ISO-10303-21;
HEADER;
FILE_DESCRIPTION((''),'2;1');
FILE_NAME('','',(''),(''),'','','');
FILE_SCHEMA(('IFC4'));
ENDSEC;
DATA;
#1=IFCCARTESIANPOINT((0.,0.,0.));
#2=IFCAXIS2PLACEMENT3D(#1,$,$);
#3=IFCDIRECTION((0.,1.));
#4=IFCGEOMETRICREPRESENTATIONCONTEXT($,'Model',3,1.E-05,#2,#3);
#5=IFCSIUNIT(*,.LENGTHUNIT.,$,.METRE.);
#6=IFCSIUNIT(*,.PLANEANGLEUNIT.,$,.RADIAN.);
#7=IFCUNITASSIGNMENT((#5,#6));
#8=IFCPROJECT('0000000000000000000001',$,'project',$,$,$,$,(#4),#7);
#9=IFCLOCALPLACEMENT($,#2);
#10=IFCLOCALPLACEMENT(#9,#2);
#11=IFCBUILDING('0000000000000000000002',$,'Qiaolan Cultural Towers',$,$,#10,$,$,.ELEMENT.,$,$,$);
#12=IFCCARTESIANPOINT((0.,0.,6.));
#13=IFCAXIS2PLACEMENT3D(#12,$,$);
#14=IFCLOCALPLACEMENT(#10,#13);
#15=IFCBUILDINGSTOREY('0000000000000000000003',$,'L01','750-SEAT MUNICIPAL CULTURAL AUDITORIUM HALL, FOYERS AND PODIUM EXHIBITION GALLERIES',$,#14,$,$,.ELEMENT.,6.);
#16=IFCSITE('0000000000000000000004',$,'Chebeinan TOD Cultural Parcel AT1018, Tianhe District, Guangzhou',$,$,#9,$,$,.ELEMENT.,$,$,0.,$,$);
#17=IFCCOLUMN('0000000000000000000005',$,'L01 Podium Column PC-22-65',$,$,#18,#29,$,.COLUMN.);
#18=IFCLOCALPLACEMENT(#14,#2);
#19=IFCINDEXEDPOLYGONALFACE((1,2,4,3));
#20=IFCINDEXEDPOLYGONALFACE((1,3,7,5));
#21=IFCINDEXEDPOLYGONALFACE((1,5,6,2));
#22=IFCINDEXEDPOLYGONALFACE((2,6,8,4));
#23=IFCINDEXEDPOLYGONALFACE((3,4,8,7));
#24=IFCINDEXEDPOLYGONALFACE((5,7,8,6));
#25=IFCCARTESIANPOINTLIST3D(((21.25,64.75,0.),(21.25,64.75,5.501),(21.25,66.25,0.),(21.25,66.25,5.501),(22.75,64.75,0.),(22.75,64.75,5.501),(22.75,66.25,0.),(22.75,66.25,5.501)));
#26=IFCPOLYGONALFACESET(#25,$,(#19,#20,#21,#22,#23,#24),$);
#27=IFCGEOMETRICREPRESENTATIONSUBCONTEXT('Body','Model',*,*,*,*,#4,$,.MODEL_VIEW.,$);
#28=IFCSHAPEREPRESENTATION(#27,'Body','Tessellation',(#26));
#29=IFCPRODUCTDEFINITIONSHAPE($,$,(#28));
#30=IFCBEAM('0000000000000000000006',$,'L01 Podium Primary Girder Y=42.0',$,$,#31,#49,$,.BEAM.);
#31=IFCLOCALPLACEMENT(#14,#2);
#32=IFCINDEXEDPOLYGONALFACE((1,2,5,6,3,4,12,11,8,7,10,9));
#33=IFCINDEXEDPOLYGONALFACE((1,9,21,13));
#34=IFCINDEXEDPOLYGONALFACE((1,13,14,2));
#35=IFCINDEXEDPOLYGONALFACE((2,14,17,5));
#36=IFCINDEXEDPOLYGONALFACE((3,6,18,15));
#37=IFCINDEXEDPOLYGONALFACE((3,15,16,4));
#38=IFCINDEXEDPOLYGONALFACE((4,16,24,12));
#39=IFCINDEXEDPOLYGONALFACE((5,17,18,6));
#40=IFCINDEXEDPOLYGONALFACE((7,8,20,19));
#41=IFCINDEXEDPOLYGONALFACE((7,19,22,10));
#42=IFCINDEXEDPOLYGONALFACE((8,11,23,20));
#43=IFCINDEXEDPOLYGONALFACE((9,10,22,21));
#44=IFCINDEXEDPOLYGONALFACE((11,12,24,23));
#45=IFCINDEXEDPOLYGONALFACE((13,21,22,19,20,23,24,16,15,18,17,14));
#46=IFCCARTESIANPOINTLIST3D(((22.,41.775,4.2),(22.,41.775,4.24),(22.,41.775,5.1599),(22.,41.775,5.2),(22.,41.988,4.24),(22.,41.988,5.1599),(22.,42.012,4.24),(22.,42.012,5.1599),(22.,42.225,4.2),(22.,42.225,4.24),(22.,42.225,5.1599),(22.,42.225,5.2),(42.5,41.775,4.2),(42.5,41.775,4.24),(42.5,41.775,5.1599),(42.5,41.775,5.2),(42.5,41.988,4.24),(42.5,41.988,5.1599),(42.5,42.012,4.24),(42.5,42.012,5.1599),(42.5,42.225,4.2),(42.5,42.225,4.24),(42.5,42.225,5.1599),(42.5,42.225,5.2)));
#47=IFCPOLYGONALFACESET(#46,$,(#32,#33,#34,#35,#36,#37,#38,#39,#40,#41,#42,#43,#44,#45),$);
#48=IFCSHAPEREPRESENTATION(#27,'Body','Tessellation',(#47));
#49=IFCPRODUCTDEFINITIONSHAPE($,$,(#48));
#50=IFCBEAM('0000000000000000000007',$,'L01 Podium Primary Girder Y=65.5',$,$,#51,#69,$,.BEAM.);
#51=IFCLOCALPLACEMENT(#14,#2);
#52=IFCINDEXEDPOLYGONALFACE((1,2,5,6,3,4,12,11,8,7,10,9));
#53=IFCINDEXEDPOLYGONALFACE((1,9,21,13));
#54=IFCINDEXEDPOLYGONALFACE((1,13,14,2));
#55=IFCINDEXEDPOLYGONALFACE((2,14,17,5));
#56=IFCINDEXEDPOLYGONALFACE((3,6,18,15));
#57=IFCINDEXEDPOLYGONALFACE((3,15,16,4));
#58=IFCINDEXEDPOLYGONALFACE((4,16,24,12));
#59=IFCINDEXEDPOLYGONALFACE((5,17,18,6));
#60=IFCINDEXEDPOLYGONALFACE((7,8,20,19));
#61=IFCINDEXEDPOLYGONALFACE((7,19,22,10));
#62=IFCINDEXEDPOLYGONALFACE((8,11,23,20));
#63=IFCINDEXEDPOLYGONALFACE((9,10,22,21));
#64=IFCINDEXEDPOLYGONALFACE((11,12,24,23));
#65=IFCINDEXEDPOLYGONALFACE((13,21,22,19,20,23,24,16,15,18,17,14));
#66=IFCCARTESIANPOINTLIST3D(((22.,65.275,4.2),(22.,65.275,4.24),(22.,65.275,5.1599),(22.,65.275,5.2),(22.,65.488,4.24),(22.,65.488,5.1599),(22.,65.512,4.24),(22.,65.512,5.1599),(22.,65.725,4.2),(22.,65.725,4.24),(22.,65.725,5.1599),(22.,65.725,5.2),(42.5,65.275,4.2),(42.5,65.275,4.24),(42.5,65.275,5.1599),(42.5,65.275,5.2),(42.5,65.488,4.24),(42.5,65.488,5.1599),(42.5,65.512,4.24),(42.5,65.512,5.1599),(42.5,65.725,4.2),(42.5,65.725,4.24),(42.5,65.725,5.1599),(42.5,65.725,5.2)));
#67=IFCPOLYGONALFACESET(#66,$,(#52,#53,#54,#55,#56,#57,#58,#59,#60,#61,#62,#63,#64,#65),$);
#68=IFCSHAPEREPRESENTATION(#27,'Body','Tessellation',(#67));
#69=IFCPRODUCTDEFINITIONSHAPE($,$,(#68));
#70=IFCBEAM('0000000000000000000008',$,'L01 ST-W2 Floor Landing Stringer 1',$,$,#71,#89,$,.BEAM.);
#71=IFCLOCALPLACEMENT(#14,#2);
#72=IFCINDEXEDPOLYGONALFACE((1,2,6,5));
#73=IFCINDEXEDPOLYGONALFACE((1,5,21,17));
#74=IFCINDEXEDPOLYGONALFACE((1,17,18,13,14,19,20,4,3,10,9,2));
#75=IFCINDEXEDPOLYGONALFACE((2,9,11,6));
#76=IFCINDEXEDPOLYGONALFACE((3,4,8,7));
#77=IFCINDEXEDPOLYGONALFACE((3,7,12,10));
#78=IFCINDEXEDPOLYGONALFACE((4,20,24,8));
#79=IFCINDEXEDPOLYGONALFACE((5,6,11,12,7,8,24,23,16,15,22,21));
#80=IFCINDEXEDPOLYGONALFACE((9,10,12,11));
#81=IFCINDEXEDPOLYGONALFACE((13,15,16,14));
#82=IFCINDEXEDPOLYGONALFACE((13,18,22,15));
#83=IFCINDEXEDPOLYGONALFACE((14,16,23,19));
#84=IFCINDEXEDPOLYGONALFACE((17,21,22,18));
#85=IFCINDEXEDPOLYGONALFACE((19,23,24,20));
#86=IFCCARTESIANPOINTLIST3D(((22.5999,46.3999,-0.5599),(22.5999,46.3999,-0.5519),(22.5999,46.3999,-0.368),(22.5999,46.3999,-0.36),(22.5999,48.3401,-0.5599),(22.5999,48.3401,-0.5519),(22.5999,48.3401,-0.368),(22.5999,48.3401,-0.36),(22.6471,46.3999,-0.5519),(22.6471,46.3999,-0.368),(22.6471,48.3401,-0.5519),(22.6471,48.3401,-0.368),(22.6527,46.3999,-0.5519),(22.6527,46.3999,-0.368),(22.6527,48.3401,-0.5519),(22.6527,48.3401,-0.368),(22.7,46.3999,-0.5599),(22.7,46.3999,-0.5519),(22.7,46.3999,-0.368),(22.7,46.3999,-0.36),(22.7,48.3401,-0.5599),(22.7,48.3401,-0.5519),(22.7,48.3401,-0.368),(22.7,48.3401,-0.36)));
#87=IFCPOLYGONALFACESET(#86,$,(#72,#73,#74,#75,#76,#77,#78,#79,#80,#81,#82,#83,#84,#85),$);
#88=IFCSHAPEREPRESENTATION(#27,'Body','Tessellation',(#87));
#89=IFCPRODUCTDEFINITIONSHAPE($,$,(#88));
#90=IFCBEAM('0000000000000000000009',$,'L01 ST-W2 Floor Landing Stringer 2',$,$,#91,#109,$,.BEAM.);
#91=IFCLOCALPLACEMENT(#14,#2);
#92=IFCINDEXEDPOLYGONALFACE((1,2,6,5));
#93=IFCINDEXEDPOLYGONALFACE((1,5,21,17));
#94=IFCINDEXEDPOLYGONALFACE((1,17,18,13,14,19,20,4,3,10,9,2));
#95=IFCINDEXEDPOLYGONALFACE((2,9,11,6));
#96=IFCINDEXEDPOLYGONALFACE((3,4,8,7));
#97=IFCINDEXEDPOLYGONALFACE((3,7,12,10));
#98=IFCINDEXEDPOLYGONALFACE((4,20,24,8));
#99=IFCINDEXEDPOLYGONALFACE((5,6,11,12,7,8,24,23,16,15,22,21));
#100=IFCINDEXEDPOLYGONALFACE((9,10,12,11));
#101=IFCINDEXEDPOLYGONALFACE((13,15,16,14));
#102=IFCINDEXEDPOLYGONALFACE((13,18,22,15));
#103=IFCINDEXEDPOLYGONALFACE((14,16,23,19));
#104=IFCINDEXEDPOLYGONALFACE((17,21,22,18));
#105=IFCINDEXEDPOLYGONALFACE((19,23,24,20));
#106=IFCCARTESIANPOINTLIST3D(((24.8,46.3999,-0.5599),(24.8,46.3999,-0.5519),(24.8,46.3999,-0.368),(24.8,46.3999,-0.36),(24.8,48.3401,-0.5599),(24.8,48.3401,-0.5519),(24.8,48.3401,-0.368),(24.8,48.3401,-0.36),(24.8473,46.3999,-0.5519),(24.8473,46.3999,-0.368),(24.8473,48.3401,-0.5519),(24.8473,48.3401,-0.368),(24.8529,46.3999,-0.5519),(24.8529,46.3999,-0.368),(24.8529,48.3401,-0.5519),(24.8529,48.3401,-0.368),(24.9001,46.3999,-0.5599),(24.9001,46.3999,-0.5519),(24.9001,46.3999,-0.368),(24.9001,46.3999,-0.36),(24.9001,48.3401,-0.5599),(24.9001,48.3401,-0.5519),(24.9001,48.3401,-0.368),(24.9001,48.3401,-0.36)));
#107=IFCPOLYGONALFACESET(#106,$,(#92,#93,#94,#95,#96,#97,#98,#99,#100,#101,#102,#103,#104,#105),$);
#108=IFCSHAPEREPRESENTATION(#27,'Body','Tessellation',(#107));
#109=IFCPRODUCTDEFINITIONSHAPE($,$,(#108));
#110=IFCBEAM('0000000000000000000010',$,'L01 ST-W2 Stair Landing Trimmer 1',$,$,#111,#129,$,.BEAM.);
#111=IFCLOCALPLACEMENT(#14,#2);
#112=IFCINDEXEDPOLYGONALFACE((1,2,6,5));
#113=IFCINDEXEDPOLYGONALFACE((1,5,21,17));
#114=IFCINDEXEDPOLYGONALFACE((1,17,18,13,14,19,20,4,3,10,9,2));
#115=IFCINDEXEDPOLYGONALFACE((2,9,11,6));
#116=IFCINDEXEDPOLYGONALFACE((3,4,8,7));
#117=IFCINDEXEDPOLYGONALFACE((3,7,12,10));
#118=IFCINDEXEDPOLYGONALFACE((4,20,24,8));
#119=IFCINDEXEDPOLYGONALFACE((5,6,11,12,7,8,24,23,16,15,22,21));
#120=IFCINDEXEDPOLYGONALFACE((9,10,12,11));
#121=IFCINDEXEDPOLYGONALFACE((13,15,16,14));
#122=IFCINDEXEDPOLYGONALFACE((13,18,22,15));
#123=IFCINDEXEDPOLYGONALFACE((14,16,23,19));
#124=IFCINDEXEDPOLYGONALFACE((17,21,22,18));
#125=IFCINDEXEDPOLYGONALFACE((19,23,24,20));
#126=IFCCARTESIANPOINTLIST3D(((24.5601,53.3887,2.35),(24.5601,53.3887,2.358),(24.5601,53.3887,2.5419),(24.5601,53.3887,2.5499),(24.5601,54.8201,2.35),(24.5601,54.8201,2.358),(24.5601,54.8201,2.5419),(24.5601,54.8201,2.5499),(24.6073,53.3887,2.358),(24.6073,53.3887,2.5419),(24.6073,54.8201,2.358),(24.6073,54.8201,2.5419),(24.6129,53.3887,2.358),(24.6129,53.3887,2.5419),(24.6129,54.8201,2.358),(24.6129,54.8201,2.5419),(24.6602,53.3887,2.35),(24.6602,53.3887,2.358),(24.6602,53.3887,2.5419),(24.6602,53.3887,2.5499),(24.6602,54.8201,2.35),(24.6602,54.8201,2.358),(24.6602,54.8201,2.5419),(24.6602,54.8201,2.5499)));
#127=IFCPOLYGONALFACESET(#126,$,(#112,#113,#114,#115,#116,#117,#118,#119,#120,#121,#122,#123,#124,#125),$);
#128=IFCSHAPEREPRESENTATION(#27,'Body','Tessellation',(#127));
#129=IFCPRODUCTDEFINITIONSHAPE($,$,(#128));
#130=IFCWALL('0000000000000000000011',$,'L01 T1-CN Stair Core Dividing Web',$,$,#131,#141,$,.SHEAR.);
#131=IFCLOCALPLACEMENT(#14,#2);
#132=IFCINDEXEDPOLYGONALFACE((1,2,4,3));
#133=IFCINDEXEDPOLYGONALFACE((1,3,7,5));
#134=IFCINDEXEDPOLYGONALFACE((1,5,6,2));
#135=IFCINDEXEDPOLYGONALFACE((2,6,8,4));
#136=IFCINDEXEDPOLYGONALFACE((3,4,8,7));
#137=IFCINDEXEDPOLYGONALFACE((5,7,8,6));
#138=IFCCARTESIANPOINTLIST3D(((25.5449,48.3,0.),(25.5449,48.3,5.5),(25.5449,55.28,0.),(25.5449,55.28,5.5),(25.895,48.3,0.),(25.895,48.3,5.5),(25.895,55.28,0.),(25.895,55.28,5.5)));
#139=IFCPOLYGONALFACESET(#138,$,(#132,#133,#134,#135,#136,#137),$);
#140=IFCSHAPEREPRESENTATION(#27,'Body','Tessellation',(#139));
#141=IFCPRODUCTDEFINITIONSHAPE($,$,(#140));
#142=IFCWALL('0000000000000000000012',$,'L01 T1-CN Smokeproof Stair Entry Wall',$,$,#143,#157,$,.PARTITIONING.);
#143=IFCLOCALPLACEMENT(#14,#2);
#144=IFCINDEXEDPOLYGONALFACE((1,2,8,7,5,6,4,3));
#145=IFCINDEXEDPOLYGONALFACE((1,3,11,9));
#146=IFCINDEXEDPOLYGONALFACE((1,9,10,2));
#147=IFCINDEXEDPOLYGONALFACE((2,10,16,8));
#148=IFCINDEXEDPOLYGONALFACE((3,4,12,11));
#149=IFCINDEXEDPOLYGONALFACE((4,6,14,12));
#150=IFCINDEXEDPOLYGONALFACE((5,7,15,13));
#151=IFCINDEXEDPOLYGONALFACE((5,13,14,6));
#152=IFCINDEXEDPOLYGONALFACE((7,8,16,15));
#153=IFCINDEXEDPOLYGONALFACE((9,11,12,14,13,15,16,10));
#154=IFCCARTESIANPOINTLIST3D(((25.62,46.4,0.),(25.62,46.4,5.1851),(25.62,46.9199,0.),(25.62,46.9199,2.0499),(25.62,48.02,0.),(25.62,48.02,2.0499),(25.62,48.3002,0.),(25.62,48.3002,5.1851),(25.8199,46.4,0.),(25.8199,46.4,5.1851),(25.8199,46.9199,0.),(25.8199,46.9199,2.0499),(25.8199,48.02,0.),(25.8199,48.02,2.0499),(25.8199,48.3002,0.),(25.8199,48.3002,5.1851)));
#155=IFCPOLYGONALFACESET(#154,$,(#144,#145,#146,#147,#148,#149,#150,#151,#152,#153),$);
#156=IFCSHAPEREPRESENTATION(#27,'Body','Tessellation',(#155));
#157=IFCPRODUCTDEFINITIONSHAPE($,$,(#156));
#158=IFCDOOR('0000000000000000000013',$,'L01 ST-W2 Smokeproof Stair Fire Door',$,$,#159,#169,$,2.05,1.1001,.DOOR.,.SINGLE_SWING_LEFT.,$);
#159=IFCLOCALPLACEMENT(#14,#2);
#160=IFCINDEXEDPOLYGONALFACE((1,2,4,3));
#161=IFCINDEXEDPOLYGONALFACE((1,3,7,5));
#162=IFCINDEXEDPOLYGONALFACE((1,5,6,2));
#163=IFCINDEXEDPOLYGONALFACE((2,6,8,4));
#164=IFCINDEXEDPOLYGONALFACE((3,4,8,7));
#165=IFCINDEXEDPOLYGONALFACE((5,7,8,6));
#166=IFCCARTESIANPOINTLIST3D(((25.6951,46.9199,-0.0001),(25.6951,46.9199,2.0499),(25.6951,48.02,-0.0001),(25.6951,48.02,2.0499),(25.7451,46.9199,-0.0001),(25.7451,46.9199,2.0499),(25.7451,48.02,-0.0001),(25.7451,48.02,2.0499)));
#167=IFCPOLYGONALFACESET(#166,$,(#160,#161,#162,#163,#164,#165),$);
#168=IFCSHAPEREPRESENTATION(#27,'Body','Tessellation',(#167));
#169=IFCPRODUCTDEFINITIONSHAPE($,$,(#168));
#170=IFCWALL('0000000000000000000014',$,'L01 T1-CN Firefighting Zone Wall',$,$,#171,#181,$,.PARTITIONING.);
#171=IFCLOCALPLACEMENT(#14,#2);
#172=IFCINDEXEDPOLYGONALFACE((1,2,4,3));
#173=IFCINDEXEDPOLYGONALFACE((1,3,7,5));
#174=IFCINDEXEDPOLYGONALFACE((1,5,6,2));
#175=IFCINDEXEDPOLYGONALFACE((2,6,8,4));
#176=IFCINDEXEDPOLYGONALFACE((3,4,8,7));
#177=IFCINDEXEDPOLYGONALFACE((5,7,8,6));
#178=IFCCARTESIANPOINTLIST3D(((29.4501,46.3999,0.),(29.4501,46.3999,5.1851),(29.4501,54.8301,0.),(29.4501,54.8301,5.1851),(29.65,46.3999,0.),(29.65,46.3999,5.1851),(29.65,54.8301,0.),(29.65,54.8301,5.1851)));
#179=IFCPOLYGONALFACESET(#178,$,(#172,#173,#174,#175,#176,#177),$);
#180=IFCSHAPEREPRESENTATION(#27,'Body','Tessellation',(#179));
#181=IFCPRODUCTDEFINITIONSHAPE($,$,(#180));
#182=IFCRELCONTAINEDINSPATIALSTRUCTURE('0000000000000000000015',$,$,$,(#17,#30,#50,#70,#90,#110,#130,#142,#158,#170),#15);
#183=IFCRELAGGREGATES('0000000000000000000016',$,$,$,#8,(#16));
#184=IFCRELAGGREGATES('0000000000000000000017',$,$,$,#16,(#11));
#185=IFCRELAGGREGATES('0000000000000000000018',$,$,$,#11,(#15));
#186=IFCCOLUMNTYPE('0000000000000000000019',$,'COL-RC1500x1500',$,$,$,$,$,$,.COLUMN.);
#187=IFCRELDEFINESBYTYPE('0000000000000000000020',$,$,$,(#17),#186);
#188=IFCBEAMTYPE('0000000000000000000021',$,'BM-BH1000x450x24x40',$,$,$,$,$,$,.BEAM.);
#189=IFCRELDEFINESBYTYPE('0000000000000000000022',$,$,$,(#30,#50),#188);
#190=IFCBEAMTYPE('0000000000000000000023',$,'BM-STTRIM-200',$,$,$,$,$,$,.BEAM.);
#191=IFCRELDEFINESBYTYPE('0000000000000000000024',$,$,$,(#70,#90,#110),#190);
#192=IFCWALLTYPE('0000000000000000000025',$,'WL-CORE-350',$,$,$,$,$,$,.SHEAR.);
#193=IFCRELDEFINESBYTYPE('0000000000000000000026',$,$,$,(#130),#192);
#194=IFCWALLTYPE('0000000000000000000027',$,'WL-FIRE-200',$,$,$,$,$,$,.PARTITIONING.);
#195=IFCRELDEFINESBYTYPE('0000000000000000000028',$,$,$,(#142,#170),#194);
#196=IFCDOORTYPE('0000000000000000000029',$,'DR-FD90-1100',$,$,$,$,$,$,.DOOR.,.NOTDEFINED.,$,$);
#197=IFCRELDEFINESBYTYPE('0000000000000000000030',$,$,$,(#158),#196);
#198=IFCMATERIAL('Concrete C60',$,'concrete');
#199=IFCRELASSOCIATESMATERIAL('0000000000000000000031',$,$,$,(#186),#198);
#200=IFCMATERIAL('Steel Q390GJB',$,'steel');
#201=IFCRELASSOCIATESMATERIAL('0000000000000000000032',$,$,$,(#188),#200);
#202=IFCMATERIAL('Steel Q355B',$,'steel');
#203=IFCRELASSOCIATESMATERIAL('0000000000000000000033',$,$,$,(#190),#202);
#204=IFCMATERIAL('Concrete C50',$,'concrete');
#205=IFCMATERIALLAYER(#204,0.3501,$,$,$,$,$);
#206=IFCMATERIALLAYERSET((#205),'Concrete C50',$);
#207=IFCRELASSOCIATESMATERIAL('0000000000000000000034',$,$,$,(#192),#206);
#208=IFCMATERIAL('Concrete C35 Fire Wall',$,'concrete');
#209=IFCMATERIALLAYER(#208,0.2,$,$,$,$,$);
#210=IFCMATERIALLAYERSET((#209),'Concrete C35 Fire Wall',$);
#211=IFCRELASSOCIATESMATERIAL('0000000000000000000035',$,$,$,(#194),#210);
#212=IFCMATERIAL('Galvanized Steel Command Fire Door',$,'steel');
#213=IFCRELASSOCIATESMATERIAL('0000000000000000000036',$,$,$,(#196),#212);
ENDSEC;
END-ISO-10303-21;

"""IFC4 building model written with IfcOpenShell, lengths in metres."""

from ifc_helpers import new_model, si_unit, direction, frame, frame_2d, origin, origin_2d, place, context, subcontext, project, spatial, rectangle, i_section, extrude, material, layer, layer_set, material_profile, profile_set, type_object, element, fill, save


model = new_model("IFC4")

# Units and contexts
model_context = context("Model", 3, precision=1e-05, world=origin(), true_north=direction((0.0, 1.0)))
body_context = subcontext(model_context, "Body", "Model", "MODEL_VIEW")
ifc_project = project(units=[si_unit("LENGTHUNIT", "METRE"), si_unit("PLANEANGLEUNIT", "RADIAN")], contexts=[model_context])

# Site, building, storey
site_placement = place(None, origin())
site = spatial("IfcSite", under=ifc_project, at=site_placement, Name="Chebeinan TOD Cultural Parcel AT1018, Tianhe District, Guangzhou", CompositionType="ELEMENT", RefElevation=0.0)
building_placement = place(site_placement, origin())
building = spatial("IfcBuilding", under=site, at=building_placement, Name="Qiaolan Cultural Towers", CompositionType="ELEMENT")
storey_placement = place(building_placement, frame((0.0, 0.0, 6.0)))
storey = spatial("IfcBuildingStorey", under=building, at=storey_placement, Name="L01", Description="750-SEAT MUNICIPAL CULTURAL AUDITORIUM HALL, FOYERS AND PODIUM EXHIBITION GALLERIES", CompositionType="ELEMENT", Elevation=6.0)

# Column
ifc_material_1 = material(Name="Concrete C60", Category="concrete")
ifc_material_profile_1 = material_profile(ifc_material_1, rectangle(XDim=1.5, YDim=1.5, at=origin_2d()), Name="RC1500x1500")
ifc_profile_set_1 = profile_set([ifc_material_profile_1], Name="Concrete C60")
column_type = type_object("IfcColumnType", Name="COL-RC1500x1500", PredefinedType="COLUMN", material=ifc_profile_set_1)
column_placement = place(storey_placement, frame((22.0, 65.5, 0.0), z_axis=(0.0, 0.0, 1.0), x_axis=(1.0, 0.0, 0.0)))
element("IfcColumn", 1, at=column_placement, inside=storey, type_object=column_type, Name="L01 Podium Column PC-22-65", PredefinedType="COLUMN", context=body_context, shape_type="SweptSolid", body=[
    extrude(rectangle(XDim=1.5, YDim=1.5, at=origin_2d()), origin(), (0.0, 0.0, 1.0), 5.501),
])

# Beams
ifc_material_2 = material(Name="Steel Q390GJB", Category="steel")
ifc_material_profile_2 = material_profile(ifc_material_2, i_section(OverallWidth=0.45, OverallDepth=1.0, WebThickness=0.0239, FlangeThickness=0.04, at=origin_2d()), Name="BH1000x450x24x40")
ifc_profile_set_2 = profile_set([ifc_material_profile_2], Name="Steel Q390GJB")
beam_type_1 = type_object("IfcBeamType", Name="BM-BH1000x450x24x40", PredefinedType="BEAM", material=ifc_profile_set_2)
for number, where, z_axis, x_axis, name in (
    (2, (22.0, 42.0, 4.7), (1.0, 0.0, 0.0), (0.0, 1.0, 0.0), "L01 Podium Primary Girder Y=42.0"),
    (3, (22.0, 65.5, 4.7), (1.0, 0.0, 0.0), (0.0, 1.0, 0.0), "L01 Podium Primary Girder Y=65.5"),
):
    element("IfcBeam", number, at=place(storey_placement, frame(where, z_axis=z_axis, x_axis=x_axis)), inside=storey, type_object=beam_type_1, Name=name, PredefinedType="BEAM", context=body_context, shape_type="SweptSolid", body=[
        extrude(i_section(OverallWidth=0.45, OverallDepth=1.0, WebThickness=0.0239, FlangeThickness=0.04, at=origin_2d()), origin(), (0.0, 0.0, 1.0), 20.5),
    ])
ifc_material_3 = material(Name="Steel Q355B", Category="steel")
ifc_material_profile_3 = material_profile(ifc_material_3, i_section(OverallWidth=0.1001, OverallDepth=0.2, WebThickness=0.0056, FlangeThickness=0.0081, at=origin_2d()), Name="HN200x100x5.5x8")
ifc_profile_set_3 = profile_set([ifc_material_profile_3], Name="Steel Q355B")
beam_type_2 = type_object("IfcBeamType", Name="BM-STTRIM-200", PredefinedType="BEAM", material=ifc_profile_set_3)
for number, where, z_axis, x_axis, name in (
    (4, (22.6499, 46.3999, -0.46), (0.0, 1.0, 0.0), (-1.0, 0.0, 0.0), "L01 ST-W2 Floor Landing Stringer 1"),
    (5, (24.8501, 46.3999, -0.46), (0.0, 1.0, 0.0), (-1.0, 0.0, 0.0), "L01 ST-W2 Floor Landing Stringer 2"),
):
    element("IfcBeam", number, at=place(storey_placement, frame(where, z_axis=z_axis, x_axis=x_axis)), inside=storey, type_object=beam_type_2, Name=name, PredefinedType="BEAM", context=body_context, shape_type="SweptSolid", body=[
        extrude(i_section(OverallWidth=0.1001, OverallDepth=0.2, WebThickness=0.0056, FlangeThickness=0.0081, at=origin_2d()), origin(), (0.0, 0.0, 1.0), 1.9402),
    ])
beam_placement = place(storey_placement, frame((24.6101, 53.3887, 2.45), z_axis=(0.0, 1.0, 0.0), x_axis=(-1.0, 0.0, 0.0)))
element("IfcBeam", 6, at=beam_placement, inside=storey, type_object=beam_type_2, Name="L01 ST-W2 Stair Landing Trimmer 1", PredefinedType="BEAM", context=body_context, shape_type="SweptSolid", body=[
    extrude(i_section(OverallWidth=0.1001, OverallDepth=0.2, WebThickness=0.0056, FlangeThickness=0.0081, at=origin_2d()), origin(), (0.0, 0.0, 1.0), 1.4314),
])

# Wall
ifc_material_4 = material(Name="Concrete C50", Category="concrete")
ifc_layer_1 = layer(ifc_material_4, 0.3501)
ifc_layer_set_1 = layer_set([ifc_layer_1], Name="Concrete C50")
wall_type_1 = type_object("IfcWallType", Name="WL-CORE-350", PredefinedType="SHEAR", material=ifc_layer_set_1)
wall_1_placement = place(storey_placement, frame((25.72, 48.3, 0.0), z_axis=(0.0, 0.0, 1.0), x_axis=(0.0, 1.0, 0.0)))
element("IfcWall", 7, at=wall_1_placement, inside=storey, type_object=wall_type_1, Name="L01 T1-CN Stair Core Dividing Web", PredefinedType="SHEAR", context=body_context, shape_type="SweptSolid", body=[
    extrude(rectangle(XDim=6.98, YDim=0.3501, at=frame_2d((3.49, 0.0))), origin(), (0.0, 0.0, 1.0), 5.5),
])

# Wall, opening, door
ifc_material_5 = material(Name="Concrete C35 Fire Wall", Category="concrete")
ifc_layer_2 = layer(ifc_material_5, 0.2)
ifc_layer_set_2 = layer_set([ifc_layer_2], Name="Concrete C35 Fire Wall")
wall_type_2 = type_object("IfcWallType", Name="WL-FIRE-200", PredefinedType="PARTITIONING", material=ifc_layer_set_2)
wall_2_placement = place(storey_placement, frame((25.72, 46.3999, 0.0), z_axis=(0.0, 0.0, 1.0), x_axis=(0.0, 1.0, 0.0)))
wall_2 = element("IfcWall", 8, at=wall_2_placement, inside=storey, type_object=wall_type_2, Name="L01 T1-CN Smokeproof Stair Entry Wall", PredefinedType="PARTITIONING", context=body_context, shape_type="SweptSolid", body=[
    extrude(rectangle(XDim=1.9001, YDim=0.2, at=frame_2d((0.9502, 0.0))), origin(), (0.0, 0.0, 1.0), 5.1851),
])
opening_1_placement = place(wall_2_placement, frame((0.52, 0.0, 0.0)))
opening_1 = element("IfcOpeningElement", 9, at=opening_1_placement, cuts=wall_2, PredefinedType="OPENING", context=body_context, shape_type="SweptSolid", body=[
    extrude(rectangle(XDim=1.1001, YDim=2.05, at=frame_2d((0.55, 1.0249))), frame((0.0, 0.1099, 0.0), z_axis=(0.0, -1.0, 0.0), x_axis=(1.0, 0.0, 0.0)), (0.0, 0.0, 1.0), 0.22),
])
ifc_material_6 = material(Name="Galvanized Steel Command Fire Door", Category="steel")
door_type_1 = type_object("IfcDoorType", Name="DR-FD90-1100", OperationType="NOTDEFINED", PredefinedType="DOOR", material=ifc_material_6)
door_1_placement = place(opening_1_placement, origin())
door_1 = element("IfcDoor", 10, at=door_1_placement, inside=storey, type_object=door_type_1, Name="L01 ST-W2 Smokeproof Stair Fire Door", OperationType="SINGLE_SWING_LEFT", OverallHeight=2.05, OverallWidth=1.1001, PredefinedType="DOOR", context=body_context, shape_type="SweptSolid", body=[
    extrude(rectangle(XDim=1.1001, YDim=2.05, at=frame_2d((0.55, 1.0249))), frame((0.0, 0.0249, 0.0), z_axis=(0.0, -1.0, 0.0), x_axis=(1.0, 0.0, 0.0)), (0.0, 0.0, 1.0), 0.05),
])
fill(opening_1, door_1)

# Wall
wall_3_placement = place(storey_placement, frame((29.55, 46.3999, 0.0), z_axis=(0.0, 0.0, 1.0), x_axis=(0.0, 1.0, 0.0)))
element("IfcWall", 11, at=wall_3_placement, inside=storey, type_object=wall_type_2, Name="L01 T1-CN Firefighting Zone Wall", PredefinedType="PARTITIONING", context=body_context, shape_type="SweptSolid", body=[
    extrude(rectangle(XDim=8.4302, YDim=0.2, at=frame_2d((4.2151, 0.0))), origin(), (0.0, 0.0, 1.0), 5.1851),
])

save(model, "model.ifc")
